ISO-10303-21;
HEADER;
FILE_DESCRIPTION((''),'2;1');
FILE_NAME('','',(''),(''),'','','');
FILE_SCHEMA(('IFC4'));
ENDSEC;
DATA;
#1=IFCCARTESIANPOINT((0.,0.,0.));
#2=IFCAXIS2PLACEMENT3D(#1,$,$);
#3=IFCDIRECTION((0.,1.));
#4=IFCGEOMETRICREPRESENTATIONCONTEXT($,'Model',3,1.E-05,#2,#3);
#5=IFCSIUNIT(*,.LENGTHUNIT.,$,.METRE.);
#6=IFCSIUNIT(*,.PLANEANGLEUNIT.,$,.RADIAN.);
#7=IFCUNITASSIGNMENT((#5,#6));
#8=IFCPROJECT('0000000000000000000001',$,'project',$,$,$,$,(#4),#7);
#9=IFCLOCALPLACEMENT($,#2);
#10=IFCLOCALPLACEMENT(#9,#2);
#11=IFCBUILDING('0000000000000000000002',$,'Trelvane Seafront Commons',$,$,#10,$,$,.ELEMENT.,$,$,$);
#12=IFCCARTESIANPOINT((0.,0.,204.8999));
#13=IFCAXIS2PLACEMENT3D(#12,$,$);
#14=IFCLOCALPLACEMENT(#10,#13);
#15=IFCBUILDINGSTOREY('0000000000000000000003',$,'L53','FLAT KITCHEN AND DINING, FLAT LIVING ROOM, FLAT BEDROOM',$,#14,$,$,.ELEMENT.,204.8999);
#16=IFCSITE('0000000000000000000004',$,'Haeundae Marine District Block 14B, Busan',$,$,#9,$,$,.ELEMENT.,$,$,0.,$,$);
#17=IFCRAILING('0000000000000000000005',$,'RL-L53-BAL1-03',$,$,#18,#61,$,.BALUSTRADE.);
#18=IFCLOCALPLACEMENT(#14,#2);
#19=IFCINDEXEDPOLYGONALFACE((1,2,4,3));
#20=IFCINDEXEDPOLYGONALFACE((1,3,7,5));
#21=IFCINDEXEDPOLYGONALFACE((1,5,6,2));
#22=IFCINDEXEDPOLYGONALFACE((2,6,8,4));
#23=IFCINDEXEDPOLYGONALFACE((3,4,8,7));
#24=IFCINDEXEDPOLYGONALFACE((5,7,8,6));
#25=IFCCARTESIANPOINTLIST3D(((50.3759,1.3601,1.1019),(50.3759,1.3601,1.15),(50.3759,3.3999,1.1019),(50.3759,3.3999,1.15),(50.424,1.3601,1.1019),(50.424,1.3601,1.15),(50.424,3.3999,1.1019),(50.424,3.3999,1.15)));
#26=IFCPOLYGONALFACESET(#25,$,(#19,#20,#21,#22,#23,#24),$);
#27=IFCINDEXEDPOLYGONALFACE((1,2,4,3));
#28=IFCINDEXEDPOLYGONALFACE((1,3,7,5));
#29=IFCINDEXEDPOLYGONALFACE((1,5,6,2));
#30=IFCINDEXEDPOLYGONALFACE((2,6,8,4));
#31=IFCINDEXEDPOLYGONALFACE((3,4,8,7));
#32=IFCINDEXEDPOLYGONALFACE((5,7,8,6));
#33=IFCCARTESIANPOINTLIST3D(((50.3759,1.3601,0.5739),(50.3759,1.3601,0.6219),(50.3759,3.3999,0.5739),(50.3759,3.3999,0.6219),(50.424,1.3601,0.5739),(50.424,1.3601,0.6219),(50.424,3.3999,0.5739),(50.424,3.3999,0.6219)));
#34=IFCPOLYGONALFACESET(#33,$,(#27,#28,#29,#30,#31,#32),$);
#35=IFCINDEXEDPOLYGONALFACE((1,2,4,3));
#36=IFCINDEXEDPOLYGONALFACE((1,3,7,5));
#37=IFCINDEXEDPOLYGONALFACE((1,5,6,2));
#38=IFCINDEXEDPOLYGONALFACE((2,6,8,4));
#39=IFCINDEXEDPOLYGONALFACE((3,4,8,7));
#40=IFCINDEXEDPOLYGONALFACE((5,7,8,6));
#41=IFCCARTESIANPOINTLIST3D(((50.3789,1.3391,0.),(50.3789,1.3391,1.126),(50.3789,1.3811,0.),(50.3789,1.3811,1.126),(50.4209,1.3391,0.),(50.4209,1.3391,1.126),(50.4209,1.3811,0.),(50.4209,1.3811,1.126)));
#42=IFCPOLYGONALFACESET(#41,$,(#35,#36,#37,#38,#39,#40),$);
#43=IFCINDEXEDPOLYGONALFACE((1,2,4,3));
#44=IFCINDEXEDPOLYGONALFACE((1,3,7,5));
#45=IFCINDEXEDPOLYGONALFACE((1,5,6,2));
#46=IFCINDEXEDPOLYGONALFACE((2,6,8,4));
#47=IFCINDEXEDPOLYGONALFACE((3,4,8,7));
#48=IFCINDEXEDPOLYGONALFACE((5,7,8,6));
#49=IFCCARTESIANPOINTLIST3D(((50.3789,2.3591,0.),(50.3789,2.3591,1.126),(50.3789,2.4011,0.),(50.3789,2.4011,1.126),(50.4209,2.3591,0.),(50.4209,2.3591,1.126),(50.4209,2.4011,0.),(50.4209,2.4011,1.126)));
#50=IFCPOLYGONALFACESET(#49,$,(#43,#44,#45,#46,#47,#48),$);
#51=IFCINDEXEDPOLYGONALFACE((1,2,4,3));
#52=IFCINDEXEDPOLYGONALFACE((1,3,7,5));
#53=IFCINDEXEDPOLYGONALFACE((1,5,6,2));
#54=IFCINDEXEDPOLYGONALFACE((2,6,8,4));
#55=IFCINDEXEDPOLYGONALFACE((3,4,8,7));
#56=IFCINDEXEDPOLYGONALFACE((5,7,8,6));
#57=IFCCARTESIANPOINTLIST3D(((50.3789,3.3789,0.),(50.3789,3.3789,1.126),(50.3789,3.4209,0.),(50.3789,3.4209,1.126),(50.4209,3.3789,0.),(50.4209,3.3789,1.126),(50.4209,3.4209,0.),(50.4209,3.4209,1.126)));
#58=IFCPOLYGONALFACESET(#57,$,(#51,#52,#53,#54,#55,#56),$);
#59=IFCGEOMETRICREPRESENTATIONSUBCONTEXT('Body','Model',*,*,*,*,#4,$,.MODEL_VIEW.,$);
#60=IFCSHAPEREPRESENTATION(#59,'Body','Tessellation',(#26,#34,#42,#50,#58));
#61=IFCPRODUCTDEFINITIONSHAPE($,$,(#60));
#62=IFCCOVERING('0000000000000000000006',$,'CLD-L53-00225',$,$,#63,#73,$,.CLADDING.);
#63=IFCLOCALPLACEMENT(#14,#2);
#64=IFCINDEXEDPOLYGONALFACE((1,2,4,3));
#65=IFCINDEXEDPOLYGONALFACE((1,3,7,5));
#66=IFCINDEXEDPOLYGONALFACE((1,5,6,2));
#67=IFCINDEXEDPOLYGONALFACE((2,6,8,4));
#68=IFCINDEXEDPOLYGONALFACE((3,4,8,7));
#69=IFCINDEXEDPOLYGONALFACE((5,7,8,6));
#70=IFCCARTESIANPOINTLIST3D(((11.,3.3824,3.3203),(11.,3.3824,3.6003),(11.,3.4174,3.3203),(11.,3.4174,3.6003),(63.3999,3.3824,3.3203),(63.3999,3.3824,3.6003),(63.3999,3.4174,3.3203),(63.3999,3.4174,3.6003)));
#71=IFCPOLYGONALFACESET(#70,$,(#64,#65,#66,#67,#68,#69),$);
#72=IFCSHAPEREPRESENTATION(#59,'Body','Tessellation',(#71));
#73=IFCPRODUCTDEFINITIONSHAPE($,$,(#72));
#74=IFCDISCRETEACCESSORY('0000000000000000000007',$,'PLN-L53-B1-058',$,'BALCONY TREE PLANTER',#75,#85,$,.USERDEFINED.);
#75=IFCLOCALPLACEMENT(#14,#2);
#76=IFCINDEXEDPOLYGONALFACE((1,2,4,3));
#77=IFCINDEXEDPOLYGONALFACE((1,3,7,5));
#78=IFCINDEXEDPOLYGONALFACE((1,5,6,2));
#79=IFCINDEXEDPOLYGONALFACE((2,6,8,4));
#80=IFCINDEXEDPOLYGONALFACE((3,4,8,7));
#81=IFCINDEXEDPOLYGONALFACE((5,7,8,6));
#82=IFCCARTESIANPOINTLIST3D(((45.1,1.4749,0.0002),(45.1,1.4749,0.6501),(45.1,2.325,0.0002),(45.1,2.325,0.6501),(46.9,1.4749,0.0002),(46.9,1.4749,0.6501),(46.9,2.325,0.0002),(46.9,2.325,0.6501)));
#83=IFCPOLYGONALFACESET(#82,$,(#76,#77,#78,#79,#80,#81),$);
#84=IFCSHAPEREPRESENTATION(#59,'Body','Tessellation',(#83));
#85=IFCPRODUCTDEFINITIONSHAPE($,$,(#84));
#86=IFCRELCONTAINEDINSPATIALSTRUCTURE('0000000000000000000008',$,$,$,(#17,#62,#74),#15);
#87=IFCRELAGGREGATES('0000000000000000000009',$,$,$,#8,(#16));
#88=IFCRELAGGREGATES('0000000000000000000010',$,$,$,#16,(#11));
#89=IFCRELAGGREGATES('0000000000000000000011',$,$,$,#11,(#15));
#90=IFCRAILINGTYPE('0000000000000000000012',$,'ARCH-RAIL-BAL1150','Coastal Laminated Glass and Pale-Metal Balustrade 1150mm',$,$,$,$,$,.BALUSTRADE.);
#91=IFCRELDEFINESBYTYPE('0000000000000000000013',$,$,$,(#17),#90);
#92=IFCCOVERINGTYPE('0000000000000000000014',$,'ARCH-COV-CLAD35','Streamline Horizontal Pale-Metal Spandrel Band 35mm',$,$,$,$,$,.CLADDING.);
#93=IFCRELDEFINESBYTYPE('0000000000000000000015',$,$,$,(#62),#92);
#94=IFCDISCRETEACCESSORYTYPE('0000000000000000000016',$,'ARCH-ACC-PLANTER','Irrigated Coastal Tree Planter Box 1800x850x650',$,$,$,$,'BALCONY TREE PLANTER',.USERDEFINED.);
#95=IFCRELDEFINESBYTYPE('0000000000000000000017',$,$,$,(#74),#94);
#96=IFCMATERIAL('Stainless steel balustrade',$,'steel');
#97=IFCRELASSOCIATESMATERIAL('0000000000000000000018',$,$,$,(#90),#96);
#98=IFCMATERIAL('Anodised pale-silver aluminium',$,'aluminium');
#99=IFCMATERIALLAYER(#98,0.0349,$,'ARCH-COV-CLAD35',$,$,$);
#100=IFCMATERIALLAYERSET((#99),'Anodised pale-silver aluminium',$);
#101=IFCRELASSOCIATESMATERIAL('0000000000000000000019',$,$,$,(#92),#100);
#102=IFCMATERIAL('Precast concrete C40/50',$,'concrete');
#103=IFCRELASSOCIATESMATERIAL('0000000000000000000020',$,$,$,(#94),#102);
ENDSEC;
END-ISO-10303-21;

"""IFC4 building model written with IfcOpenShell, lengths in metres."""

from ifc_helpers import new_model, si_unit, direction, frame, origin, origin_2d, place, context, subcontext, project, spatial, rectangle, extrude, source, transform, mapped, material, layer, layer_set, type_object, element, save


model = new_model("IFC4")

# Units and contexts
model_context = context("Model", 3, precision=1e-05, world=origin(), true_north=direction((0.0, 1.0)))
body_context = subcontext(model_context, "Body", "Model", "MODEL_VIEW")
ifc_project = project(units=[si_unit("LENGTHUNIT", "METRE"), si_unit("PLANEANGLEUNIT", "RADIAN")], contexts=[model_context])

# Site, building, storey
site_placement = place(None, origin())
site = spatial("IfcSite", under=ifc_project, at=site_placement, Name="Haeundae Marine District Block 14B, Busan", CompositionType="ELEMENT", RefElevation=0.0)
building_placement = place(site_placement, origin())
building = spatial("IfcBuilding", under=site, at=building_placement, Name="Trelvane Seafront Commons", CompositionType="ELEMENT")
storey_placement = place(building_placement, frame((0.0, 0.0, 204.8999)))
storey = spatial("IfcBuildingStorey", under=building, at=storey_placement, Name="L53", Description="FLAT KITCHEN AND DINING, FLAT LIVING ROOM, FLAT BEDROOM", CompositionType="ELEMENT", Elevation=204.8999)

# Shared definitions
ifc_material_1 = material(Name="Anodised pale-silver aluminium", Category="aluminium")

# Railing
ifc_material_2 = material(Name="Stainless steel balustrade", Category="steel")
railing_type = type_object("IfcRailingType", Name="ARCH-RAIL-BAL1150", Description="Coastal Laminated Glass and Pale-Metal Balustrade 1150mm", PredefinedType="BALUSTRADE", material=ifc_material_2)
railing_1_placement = place(storey_placement, frame((50.3999, 1.3601, 0.0)))
element("IfcRailing", 1, at=railing_1_placement, inside=storey, type_object=railing_type, Name="RL-L53-BAL1-03", PredefinedType="BALUSTRADE", context=body_context, shape_type="SweptSolid", body=[
    extrude(rectangle(XDim=0.0481, YDim=0.0481, at=origin_2d()), frame((0.0, 0.0, 1.126), z_axis=(0.0, 1.0, 0.0), x_axis=(-1.0, 0.0, 0.0)), (0.0, 0.0, 1.0), 2.0398),
    extrude(rectangle(XDim=0.0481, YDim=0.0481, at=origin_2d()), frame((0.0, 0.0, 0.5979), z_axis=(0.0, 1.0, 0.0), x_axis=(-1.0, 0.0, 0.0)), (0.0, 0.0, 1.0), 2.0398),
    extrude(rectangle(XDim=0.042, YDim=0.042, at=origin_2d()), origin(), (0.0, 0.0, 1.0), 1.126),
    extrude(rectangle(XDim=0.042, YDim=0.042, at=origin_2d()), frame((0.0, 1.02, 0.0)), (0.0, 0.0, 1.0), 1.126),
    extrude(rectangle(XDim=0.042, YDim=0.042, at=origin_2d()), frame((0.0, 2.0398, 0.0)), (0.0, 0.0, 1.0), 1.126),
])

# Covering
ifc_layer_1 = layer(ifc_material_1, 0.0349, Name="ARCH-COV-CLAD35")
ifc_layer_set_1 = layer_set([ifc_layer_1], Name="Anodised pale-silver aluminium")
covering_type = type_object("IfcCoveringType", Name="ARCH-COV-CLAD35", Description="Streamline Horizontal Pale-Metal Spandrel Band 35mm", PredefinedType="CLADDING", material=ifc_layer_set_1)
shared_shape_1 = source(origin(), body_context, "Body", "SweptSolid", [
    extrude(rectangle(XDim=52.3999, YDim=0.0349, at=origin_2d()), origin(), (0.0, 0.0, 1.0), 0.28),
])
covering_placement = place(storey_placement, frame((37.2, 3.3999, 3.3203), z_axis=(0.0, 0.0, 1.0), x_axis=(-1.0, 0.0, 0.0)))
element("IfcCovering", 2, at=covering_placement, inside=storey, type_object=covering_type, Name="CLD-L53-00225", PredefinedType="CLADDING", context=body_context, shape_type="MappedRepresentation", body=[
    mapped(shared_shape_1, transform((0.0, 0.0, 0.0), x_axis=(1.0, 0.0, 0.0), y_axis=(0.0, 1.0, 0.0), z_axis=(0.0, 0.0, 1.0), scale=1.0)),
])

# Discrete accessory
ifc_material_3 = material(Name="Precast concrete C40/50", Category="concrete")
discrete_accessory_type = type_object("IfcDiscreteAccessoryType", Name="ARCH-ACC-PLANTER", Description="Irrigated Coastal Tree Planter Box 1800x850x650", ElementType="BALCONY TREE PLANTER", PredefinedType="USERDEFINED", material=ifc_material_3)
shared_shape_2 = source(origin(), body_context, "Body", "SweptSolid", [
    extrude(rectangle(XDim=1.8, YDim=0.8501, at=origin_2d()), origin(), (0.0, 0.0, 1.0), 0.6499),
])
discrete_accessory_placement = place(storey_placement, frame((46.0, 1.8999, 0.0002), z_axis=(0.0, 0.0, 1.0), x_axis=(1.0, 0.0, 0.0)))
element("IfcDiscreteAccessory", 3, at=discrete_accessory_placement, inside=storey, type_object=discrete_accessory_type, Name="PLN-L53-B1-058", ObjectType="BALCONY TREE PLANTER", PredefinedType="USERDEFINED", context=body_context, shape_type="MappedRepresentation", body=[
    mapped(shared_shape_2, transform((0.0, 0.0, 0.0), x_axis=(1.0, 0.0, 0.0), y_axis=(0.0, 1.0, 0.0), z_axis=(0.0, 0.0, 1.0), scale=1.0)),
])

save(model, "model.ifc")
